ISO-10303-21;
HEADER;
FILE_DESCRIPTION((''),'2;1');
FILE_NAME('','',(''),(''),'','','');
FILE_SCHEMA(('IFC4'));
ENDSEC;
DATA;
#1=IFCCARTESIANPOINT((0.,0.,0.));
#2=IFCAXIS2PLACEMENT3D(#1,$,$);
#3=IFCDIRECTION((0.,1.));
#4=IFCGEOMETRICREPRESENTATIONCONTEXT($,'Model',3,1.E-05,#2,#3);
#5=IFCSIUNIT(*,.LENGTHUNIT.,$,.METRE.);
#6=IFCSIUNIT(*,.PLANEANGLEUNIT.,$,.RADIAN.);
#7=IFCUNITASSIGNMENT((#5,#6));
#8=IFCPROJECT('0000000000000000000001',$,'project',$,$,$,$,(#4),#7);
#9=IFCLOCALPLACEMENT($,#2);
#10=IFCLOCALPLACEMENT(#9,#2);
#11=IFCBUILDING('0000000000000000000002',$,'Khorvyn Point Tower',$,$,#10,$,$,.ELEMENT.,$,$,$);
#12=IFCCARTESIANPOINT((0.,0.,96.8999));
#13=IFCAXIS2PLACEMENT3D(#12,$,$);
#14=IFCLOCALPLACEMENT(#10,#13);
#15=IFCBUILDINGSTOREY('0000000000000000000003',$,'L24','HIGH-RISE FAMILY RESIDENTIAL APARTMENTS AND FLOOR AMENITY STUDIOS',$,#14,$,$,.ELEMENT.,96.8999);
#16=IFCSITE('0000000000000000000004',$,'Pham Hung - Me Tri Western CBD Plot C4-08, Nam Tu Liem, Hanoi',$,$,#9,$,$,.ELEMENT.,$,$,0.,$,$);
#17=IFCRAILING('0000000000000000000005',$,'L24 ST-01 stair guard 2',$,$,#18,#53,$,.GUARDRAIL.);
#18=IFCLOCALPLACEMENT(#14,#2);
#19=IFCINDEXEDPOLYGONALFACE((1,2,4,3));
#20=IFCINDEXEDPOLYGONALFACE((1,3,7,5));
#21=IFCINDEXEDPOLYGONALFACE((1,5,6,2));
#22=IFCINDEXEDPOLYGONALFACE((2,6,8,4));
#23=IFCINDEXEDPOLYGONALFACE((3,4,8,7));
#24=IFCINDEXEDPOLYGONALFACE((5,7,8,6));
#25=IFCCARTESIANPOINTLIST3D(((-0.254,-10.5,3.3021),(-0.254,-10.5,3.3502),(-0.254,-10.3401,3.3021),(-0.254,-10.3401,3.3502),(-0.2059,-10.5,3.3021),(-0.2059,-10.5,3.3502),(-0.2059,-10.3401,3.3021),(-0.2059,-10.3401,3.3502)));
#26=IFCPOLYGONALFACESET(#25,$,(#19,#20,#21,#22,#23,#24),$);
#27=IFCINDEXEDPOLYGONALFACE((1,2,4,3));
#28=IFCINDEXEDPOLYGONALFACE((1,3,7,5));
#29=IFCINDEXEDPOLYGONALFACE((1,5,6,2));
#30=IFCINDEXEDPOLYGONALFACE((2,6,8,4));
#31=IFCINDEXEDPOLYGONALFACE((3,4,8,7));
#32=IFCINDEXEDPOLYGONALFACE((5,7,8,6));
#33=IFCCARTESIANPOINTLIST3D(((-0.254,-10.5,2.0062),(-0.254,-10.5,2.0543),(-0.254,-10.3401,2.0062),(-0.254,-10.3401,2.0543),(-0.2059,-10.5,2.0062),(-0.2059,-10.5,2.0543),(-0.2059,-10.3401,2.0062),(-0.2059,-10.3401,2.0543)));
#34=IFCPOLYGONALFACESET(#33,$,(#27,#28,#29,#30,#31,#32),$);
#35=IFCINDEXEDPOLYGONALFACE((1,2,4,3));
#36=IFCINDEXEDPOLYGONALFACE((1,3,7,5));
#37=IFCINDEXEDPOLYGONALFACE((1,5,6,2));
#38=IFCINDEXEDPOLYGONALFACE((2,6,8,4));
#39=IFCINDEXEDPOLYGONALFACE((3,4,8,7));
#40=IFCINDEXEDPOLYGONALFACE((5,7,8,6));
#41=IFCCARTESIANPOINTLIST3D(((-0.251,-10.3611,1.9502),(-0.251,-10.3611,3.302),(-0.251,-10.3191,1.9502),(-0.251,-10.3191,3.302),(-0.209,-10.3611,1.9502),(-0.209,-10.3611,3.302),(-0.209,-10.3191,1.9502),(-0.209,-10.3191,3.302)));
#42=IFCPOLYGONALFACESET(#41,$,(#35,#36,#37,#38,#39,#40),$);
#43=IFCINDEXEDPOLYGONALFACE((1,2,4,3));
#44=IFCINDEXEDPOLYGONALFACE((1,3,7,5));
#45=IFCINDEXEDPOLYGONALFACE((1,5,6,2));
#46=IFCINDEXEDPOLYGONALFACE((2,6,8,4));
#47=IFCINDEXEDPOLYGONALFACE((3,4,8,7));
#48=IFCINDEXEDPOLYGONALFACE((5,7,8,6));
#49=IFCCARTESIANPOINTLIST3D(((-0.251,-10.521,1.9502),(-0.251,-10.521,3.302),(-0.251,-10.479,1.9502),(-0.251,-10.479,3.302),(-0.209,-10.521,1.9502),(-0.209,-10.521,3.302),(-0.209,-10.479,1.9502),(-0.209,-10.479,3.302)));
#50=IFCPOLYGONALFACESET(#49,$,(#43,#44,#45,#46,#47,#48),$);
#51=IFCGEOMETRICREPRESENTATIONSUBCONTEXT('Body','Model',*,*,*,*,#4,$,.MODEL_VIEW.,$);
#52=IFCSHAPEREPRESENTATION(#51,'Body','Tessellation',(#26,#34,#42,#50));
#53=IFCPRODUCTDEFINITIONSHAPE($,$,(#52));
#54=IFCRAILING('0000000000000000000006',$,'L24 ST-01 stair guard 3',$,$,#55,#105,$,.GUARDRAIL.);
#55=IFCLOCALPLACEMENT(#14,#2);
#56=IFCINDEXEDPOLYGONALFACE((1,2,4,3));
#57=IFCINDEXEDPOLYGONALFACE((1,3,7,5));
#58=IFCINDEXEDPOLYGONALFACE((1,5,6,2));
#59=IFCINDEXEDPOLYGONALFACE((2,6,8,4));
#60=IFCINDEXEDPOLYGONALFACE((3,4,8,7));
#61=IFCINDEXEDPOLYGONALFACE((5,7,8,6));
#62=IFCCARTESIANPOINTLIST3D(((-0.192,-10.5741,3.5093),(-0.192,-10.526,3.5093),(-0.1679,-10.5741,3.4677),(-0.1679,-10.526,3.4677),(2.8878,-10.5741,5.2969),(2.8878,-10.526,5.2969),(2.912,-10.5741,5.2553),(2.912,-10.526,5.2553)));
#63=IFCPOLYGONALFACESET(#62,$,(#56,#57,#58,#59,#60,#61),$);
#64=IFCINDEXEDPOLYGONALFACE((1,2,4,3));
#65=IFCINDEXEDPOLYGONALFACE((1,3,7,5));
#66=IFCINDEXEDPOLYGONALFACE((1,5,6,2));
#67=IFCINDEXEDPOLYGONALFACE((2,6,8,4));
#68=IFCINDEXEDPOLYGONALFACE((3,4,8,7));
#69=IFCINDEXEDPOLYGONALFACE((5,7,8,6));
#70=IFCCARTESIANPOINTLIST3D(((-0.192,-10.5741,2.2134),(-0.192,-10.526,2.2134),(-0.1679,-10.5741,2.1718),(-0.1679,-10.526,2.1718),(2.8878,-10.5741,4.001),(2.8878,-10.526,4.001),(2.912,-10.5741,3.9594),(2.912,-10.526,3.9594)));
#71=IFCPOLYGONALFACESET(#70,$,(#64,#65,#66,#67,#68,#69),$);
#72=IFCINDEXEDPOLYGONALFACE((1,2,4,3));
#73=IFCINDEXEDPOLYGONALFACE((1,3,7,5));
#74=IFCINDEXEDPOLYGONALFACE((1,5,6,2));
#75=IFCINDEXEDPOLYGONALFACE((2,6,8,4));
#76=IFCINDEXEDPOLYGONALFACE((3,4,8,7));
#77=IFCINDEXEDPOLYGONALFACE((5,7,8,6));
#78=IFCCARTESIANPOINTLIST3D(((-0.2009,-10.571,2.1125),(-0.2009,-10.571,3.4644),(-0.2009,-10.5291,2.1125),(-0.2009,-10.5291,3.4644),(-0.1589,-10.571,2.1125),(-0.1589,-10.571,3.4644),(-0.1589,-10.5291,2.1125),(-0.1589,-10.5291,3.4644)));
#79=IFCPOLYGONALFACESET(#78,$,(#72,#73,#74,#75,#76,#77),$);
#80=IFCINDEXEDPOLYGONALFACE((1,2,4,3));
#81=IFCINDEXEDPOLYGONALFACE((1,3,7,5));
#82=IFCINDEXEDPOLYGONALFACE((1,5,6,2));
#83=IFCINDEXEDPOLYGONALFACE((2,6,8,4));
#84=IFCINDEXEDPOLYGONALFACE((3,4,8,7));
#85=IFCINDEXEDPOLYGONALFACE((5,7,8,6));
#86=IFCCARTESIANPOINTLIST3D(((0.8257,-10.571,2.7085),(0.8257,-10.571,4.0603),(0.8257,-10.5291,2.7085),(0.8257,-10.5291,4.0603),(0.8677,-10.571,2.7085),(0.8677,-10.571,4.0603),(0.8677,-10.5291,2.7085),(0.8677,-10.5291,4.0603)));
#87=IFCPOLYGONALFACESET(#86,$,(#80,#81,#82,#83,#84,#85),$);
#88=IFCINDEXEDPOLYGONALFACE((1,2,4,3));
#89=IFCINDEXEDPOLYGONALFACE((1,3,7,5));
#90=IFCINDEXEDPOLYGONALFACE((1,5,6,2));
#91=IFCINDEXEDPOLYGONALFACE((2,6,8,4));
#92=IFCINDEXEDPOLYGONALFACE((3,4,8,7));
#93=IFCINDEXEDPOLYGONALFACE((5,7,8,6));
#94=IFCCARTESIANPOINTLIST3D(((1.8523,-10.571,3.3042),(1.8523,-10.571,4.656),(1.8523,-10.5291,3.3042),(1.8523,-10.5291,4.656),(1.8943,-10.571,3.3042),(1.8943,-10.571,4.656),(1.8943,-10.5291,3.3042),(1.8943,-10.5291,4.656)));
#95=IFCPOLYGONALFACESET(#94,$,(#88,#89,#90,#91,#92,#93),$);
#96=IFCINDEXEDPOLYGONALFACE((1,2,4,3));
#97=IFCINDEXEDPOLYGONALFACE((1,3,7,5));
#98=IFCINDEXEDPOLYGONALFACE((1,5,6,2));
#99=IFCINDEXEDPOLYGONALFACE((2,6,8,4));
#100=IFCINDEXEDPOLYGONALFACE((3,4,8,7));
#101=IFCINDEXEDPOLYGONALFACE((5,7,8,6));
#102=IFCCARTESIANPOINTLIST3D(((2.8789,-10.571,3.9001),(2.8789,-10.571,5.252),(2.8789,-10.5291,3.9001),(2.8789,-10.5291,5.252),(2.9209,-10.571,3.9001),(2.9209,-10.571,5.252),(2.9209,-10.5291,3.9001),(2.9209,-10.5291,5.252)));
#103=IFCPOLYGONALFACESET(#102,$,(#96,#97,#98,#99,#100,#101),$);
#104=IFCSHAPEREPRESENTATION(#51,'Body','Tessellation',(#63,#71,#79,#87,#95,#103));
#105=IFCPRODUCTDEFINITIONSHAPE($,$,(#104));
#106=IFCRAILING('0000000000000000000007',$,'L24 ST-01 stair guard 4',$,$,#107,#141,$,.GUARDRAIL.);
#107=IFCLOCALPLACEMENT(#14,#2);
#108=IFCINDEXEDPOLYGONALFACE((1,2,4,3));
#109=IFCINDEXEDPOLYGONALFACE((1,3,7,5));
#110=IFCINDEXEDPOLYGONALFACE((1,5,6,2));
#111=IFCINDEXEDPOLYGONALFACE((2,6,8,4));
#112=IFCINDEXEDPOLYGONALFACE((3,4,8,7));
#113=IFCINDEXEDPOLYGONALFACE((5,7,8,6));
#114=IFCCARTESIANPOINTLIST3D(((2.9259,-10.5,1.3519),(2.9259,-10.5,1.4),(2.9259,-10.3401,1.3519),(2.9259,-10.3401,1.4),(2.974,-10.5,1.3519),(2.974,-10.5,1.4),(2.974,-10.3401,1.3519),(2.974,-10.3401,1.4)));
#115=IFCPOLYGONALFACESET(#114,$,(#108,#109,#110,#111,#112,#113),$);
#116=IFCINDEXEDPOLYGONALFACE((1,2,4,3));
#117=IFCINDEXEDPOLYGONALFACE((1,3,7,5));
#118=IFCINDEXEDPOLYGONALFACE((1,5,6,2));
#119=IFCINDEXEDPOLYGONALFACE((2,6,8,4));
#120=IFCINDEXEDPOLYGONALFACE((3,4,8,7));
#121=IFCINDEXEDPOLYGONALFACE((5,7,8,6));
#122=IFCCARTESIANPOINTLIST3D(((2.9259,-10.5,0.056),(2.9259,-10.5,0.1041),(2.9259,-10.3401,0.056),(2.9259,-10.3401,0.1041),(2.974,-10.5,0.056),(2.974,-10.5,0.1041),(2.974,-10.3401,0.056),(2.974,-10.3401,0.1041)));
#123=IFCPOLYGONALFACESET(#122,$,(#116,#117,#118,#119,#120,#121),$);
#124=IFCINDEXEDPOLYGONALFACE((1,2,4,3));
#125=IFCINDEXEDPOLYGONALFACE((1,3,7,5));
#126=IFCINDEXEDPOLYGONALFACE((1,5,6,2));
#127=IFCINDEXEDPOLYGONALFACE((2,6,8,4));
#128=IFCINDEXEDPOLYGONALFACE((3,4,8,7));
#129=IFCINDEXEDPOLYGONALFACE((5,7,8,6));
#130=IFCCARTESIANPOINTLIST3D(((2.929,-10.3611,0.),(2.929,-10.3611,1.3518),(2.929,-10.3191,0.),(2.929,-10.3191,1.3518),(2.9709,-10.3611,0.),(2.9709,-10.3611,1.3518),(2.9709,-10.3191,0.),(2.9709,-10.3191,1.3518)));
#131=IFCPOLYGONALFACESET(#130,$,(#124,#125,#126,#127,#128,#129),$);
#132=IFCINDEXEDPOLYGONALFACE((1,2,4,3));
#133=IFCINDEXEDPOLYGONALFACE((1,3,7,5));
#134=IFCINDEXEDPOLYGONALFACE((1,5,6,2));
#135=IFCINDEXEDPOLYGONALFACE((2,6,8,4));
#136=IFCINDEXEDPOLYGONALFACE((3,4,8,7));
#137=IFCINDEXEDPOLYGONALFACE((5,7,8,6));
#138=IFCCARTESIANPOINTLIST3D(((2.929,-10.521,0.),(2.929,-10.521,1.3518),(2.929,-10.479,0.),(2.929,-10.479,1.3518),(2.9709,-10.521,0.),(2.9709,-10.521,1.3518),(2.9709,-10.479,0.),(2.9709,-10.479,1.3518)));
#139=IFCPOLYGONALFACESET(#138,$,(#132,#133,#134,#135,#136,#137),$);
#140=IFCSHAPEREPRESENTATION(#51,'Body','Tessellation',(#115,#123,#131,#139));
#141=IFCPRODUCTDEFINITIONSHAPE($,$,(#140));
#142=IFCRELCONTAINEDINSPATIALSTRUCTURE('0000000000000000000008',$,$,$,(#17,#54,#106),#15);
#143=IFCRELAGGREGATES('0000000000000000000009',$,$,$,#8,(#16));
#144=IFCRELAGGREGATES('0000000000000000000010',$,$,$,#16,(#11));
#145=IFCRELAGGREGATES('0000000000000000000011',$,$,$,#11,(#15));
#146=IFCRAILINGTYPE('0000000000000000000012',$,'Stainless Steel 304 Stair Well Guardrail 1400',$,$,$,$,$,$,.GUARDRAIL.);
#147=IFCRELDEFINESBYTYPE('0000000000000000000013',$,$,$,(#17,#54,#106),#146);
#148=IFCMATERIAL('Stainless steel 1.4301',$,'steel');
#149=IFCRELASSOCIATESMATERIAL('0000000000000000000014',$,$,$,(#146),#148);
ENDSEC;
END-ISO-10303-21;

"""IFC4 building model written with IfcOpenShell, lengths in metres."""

from ifc_helpers import new_model, si_unit, direction, frame, origin, origin_2d, place, context, subcontext, project, spatial, rectangle, extrude, material, type_object, element, save


model = new_model("IFC4")

# Units and contexts
model_context = context("Model", 3, precision=1e-05, world=origin(), true_north=direction((0.0, 1.0)))
body_context = subcontext(model_context, "Body", "Model", "MODEL_VIEW")
ifc_project = project(units=[si_unit("LENGTHUNIT", "METRE"), si_unit("PLANEANGLEUNIT", "RADIAN")], contexts=[model_context])

# Site, building, storey
site_placement = place(None, origin())
site = spatial("IfcSite", under=ifc_project, at=site_placement, Name="Pham Hung - Me Tri Western CBD Plot C4-08, Nam Tu Liem, Hanoi", CompositionType="ELEMENT", RefElevation=0.0)
building_placement = place(site_placement, origin())
building = spatial("IfcBuilding", under=site, at=building_placement, Name="Khorvyn Point Tower", CompositionType="ELEMENT")
storey_placement = place(building_placement, frame((0.0, 0.0, 96.8999)))
storey = spatial("IfcBuildingStorey", under=building, at=storey_placement, Name="L24", Description="HIGH-RISE FAMILY RESIDENTIAL APARTMENTS AND FLOOR AMENITY STUDIOS", CompositionType="ELEMENT", Elevation=96.8999)

# Railings
ifc_material_1 = material(Name="Stainless steel 1.4301", Category="steel")
railing_type_1 = type_object("IfcRailingType", Name="Stainless Steel 304 Stair Well Guardrail 1400", PredefinedType="GUARDRAIL", material=ifc_material_1)
railing_1_placement = place(storey_placement, frame((-0.23, -10.3401, 1.9502)))
element("IfcRailing", 1, at=railing_1_placement, inside=storey, type_object=railing_type_1, Name="L24 ST-01 stair guard 2", PredefinedType="GUARDRAIL", context=body_context, shape_type="SweptSolid", body=[
    extrude(rectangle(XDim=0.0481, YDim=0.0481, at=origin_2d()), frame((0.0, 0.0, 1.376), z_axis=(0.0, -1.0, 0.0), x_axis=(1.0, 0.0, 0.0)), (0.0, 0.0, 1.0), 0.1599),
    extrude(rectangle(XDim=0.0481, YDim=0.0481, at=origin_2d()), frame((0.0, 0.0, 0.0801), z_axis=(0.0, -1.0, 0.0), x_axis=(1.0, 0.0, 0.0)), (0.0, 0.0, 1.0), 0.1599),
    extrude(rectangle(XDim=0.042, YDim=0.042, at=origin_2d()), origin(), (0.0, 0.0, 1.0), 1.3518),
    extrude(rectangle(XDim=0.042, YDim=0.042, at=origin_2d()), frame((0.0, -0.1599, 0.0)), (0.0, 0.0, 1.0), 1.3518),
])
railing_2_placement = place(storey_placement, frame((-0.1799, -10.55, 2.1125)))
element("IfcRailing", 2, at=railing_2_placement, inside=storey, type_object=railing_type_1, Name="L24 ST-01 stair guard 3", PredefinedType="GUARDRAIL", context=body_context, shape_type="SweptSolid", body=[
    extrude(rectangle(XDim=0.0481, YDim=0.0481, at=origin_2d()), frame((0.0, 0.0, 1.376), z_axis=(0.864873, 0.0, 0.50199), x_axis=(0.0, 1.0, 0.0)), (0.0, 0.0, 1.0), 3.561),
    extrude(rectangle(XDim=0.0481, YDim=0.0481, at=origin_2d()), frame((0.0, 0.0, 0.0801), z_axis=(0.864873, 0.0, 0.50199), x_axis=(0.0, 1.0, 0.0)), (0.0, 0.0, 1.0), 3.561),
    extrude(rectangle(XDim=0.042, YDim=0.042, at=origin_2d()), origin(), (0.0, 0.0, 1.0), 1.3518),
    extrude(rectangle(XDim=0.042, YDim=0.042, at=origin_2d()), frame((1.0266, 0.0, 0.5959)), (0.0, 0.0, 1.0), 1.3518),
    extrude(rectangle(XDim=0.042, YDim=0.042, at=origin_2d()), frame((2.0532, 0.0, 1.1917)), (0.0, 0.0, 1.0), 1.3518),
    extrude(rectangle(XDim=0.042, YDim=0.042, at=origin_2d()), frame((3.0798, 0.0, 1.7876)), (0.0, 0.0, 1.0), 1.3518),
])
railing_3_placement = place(storey_placement, frame((2.95, -10.3401, 0.0)))
element("IfcRailing", 3, at=railing_3_placement, inside=storey, type_object=railing_type_1, Name="L24 ST-01 stair guard 4", PredefinedType="GUARDRAIL", context=body_context, shape_type="SweptSolid", body=[
    extrude(rectangle(XDim=0.0481, YDim=0.0481, at=origin_2d()), frame((0.0, 0.0, 1.376), z_axis=(0.0, -1.0, 0.0), x_axis=(1.0, 0.0, 0.0)), (0.0, 0.0, 1.0), 0.1599),
    extrude(rectangle(XDim=0.0481, YDim=0.0481, at=origin_2d()), frame((0.0, 0.0, 0.0801), z_axis=(0.0, -1.0, 0.0), x_axis=(1.0, 0.0, 0.0)), (0.0, 0.0, 1.0), 0.1599),
    extrude(rectangle(XDim=0.042, YDim=0.042, at=origin_2d()), origin(), (0.0, 0.0, 1.0), 1.3518),
    extrude(rectangle(XDim=0.042, YDim=0.042, at=origin_2d()), frame((0.0, -0.1599, 0.0)), (0.0, 0.0, 1.0), 1.3518),
])

save(model, "model.ifc")
